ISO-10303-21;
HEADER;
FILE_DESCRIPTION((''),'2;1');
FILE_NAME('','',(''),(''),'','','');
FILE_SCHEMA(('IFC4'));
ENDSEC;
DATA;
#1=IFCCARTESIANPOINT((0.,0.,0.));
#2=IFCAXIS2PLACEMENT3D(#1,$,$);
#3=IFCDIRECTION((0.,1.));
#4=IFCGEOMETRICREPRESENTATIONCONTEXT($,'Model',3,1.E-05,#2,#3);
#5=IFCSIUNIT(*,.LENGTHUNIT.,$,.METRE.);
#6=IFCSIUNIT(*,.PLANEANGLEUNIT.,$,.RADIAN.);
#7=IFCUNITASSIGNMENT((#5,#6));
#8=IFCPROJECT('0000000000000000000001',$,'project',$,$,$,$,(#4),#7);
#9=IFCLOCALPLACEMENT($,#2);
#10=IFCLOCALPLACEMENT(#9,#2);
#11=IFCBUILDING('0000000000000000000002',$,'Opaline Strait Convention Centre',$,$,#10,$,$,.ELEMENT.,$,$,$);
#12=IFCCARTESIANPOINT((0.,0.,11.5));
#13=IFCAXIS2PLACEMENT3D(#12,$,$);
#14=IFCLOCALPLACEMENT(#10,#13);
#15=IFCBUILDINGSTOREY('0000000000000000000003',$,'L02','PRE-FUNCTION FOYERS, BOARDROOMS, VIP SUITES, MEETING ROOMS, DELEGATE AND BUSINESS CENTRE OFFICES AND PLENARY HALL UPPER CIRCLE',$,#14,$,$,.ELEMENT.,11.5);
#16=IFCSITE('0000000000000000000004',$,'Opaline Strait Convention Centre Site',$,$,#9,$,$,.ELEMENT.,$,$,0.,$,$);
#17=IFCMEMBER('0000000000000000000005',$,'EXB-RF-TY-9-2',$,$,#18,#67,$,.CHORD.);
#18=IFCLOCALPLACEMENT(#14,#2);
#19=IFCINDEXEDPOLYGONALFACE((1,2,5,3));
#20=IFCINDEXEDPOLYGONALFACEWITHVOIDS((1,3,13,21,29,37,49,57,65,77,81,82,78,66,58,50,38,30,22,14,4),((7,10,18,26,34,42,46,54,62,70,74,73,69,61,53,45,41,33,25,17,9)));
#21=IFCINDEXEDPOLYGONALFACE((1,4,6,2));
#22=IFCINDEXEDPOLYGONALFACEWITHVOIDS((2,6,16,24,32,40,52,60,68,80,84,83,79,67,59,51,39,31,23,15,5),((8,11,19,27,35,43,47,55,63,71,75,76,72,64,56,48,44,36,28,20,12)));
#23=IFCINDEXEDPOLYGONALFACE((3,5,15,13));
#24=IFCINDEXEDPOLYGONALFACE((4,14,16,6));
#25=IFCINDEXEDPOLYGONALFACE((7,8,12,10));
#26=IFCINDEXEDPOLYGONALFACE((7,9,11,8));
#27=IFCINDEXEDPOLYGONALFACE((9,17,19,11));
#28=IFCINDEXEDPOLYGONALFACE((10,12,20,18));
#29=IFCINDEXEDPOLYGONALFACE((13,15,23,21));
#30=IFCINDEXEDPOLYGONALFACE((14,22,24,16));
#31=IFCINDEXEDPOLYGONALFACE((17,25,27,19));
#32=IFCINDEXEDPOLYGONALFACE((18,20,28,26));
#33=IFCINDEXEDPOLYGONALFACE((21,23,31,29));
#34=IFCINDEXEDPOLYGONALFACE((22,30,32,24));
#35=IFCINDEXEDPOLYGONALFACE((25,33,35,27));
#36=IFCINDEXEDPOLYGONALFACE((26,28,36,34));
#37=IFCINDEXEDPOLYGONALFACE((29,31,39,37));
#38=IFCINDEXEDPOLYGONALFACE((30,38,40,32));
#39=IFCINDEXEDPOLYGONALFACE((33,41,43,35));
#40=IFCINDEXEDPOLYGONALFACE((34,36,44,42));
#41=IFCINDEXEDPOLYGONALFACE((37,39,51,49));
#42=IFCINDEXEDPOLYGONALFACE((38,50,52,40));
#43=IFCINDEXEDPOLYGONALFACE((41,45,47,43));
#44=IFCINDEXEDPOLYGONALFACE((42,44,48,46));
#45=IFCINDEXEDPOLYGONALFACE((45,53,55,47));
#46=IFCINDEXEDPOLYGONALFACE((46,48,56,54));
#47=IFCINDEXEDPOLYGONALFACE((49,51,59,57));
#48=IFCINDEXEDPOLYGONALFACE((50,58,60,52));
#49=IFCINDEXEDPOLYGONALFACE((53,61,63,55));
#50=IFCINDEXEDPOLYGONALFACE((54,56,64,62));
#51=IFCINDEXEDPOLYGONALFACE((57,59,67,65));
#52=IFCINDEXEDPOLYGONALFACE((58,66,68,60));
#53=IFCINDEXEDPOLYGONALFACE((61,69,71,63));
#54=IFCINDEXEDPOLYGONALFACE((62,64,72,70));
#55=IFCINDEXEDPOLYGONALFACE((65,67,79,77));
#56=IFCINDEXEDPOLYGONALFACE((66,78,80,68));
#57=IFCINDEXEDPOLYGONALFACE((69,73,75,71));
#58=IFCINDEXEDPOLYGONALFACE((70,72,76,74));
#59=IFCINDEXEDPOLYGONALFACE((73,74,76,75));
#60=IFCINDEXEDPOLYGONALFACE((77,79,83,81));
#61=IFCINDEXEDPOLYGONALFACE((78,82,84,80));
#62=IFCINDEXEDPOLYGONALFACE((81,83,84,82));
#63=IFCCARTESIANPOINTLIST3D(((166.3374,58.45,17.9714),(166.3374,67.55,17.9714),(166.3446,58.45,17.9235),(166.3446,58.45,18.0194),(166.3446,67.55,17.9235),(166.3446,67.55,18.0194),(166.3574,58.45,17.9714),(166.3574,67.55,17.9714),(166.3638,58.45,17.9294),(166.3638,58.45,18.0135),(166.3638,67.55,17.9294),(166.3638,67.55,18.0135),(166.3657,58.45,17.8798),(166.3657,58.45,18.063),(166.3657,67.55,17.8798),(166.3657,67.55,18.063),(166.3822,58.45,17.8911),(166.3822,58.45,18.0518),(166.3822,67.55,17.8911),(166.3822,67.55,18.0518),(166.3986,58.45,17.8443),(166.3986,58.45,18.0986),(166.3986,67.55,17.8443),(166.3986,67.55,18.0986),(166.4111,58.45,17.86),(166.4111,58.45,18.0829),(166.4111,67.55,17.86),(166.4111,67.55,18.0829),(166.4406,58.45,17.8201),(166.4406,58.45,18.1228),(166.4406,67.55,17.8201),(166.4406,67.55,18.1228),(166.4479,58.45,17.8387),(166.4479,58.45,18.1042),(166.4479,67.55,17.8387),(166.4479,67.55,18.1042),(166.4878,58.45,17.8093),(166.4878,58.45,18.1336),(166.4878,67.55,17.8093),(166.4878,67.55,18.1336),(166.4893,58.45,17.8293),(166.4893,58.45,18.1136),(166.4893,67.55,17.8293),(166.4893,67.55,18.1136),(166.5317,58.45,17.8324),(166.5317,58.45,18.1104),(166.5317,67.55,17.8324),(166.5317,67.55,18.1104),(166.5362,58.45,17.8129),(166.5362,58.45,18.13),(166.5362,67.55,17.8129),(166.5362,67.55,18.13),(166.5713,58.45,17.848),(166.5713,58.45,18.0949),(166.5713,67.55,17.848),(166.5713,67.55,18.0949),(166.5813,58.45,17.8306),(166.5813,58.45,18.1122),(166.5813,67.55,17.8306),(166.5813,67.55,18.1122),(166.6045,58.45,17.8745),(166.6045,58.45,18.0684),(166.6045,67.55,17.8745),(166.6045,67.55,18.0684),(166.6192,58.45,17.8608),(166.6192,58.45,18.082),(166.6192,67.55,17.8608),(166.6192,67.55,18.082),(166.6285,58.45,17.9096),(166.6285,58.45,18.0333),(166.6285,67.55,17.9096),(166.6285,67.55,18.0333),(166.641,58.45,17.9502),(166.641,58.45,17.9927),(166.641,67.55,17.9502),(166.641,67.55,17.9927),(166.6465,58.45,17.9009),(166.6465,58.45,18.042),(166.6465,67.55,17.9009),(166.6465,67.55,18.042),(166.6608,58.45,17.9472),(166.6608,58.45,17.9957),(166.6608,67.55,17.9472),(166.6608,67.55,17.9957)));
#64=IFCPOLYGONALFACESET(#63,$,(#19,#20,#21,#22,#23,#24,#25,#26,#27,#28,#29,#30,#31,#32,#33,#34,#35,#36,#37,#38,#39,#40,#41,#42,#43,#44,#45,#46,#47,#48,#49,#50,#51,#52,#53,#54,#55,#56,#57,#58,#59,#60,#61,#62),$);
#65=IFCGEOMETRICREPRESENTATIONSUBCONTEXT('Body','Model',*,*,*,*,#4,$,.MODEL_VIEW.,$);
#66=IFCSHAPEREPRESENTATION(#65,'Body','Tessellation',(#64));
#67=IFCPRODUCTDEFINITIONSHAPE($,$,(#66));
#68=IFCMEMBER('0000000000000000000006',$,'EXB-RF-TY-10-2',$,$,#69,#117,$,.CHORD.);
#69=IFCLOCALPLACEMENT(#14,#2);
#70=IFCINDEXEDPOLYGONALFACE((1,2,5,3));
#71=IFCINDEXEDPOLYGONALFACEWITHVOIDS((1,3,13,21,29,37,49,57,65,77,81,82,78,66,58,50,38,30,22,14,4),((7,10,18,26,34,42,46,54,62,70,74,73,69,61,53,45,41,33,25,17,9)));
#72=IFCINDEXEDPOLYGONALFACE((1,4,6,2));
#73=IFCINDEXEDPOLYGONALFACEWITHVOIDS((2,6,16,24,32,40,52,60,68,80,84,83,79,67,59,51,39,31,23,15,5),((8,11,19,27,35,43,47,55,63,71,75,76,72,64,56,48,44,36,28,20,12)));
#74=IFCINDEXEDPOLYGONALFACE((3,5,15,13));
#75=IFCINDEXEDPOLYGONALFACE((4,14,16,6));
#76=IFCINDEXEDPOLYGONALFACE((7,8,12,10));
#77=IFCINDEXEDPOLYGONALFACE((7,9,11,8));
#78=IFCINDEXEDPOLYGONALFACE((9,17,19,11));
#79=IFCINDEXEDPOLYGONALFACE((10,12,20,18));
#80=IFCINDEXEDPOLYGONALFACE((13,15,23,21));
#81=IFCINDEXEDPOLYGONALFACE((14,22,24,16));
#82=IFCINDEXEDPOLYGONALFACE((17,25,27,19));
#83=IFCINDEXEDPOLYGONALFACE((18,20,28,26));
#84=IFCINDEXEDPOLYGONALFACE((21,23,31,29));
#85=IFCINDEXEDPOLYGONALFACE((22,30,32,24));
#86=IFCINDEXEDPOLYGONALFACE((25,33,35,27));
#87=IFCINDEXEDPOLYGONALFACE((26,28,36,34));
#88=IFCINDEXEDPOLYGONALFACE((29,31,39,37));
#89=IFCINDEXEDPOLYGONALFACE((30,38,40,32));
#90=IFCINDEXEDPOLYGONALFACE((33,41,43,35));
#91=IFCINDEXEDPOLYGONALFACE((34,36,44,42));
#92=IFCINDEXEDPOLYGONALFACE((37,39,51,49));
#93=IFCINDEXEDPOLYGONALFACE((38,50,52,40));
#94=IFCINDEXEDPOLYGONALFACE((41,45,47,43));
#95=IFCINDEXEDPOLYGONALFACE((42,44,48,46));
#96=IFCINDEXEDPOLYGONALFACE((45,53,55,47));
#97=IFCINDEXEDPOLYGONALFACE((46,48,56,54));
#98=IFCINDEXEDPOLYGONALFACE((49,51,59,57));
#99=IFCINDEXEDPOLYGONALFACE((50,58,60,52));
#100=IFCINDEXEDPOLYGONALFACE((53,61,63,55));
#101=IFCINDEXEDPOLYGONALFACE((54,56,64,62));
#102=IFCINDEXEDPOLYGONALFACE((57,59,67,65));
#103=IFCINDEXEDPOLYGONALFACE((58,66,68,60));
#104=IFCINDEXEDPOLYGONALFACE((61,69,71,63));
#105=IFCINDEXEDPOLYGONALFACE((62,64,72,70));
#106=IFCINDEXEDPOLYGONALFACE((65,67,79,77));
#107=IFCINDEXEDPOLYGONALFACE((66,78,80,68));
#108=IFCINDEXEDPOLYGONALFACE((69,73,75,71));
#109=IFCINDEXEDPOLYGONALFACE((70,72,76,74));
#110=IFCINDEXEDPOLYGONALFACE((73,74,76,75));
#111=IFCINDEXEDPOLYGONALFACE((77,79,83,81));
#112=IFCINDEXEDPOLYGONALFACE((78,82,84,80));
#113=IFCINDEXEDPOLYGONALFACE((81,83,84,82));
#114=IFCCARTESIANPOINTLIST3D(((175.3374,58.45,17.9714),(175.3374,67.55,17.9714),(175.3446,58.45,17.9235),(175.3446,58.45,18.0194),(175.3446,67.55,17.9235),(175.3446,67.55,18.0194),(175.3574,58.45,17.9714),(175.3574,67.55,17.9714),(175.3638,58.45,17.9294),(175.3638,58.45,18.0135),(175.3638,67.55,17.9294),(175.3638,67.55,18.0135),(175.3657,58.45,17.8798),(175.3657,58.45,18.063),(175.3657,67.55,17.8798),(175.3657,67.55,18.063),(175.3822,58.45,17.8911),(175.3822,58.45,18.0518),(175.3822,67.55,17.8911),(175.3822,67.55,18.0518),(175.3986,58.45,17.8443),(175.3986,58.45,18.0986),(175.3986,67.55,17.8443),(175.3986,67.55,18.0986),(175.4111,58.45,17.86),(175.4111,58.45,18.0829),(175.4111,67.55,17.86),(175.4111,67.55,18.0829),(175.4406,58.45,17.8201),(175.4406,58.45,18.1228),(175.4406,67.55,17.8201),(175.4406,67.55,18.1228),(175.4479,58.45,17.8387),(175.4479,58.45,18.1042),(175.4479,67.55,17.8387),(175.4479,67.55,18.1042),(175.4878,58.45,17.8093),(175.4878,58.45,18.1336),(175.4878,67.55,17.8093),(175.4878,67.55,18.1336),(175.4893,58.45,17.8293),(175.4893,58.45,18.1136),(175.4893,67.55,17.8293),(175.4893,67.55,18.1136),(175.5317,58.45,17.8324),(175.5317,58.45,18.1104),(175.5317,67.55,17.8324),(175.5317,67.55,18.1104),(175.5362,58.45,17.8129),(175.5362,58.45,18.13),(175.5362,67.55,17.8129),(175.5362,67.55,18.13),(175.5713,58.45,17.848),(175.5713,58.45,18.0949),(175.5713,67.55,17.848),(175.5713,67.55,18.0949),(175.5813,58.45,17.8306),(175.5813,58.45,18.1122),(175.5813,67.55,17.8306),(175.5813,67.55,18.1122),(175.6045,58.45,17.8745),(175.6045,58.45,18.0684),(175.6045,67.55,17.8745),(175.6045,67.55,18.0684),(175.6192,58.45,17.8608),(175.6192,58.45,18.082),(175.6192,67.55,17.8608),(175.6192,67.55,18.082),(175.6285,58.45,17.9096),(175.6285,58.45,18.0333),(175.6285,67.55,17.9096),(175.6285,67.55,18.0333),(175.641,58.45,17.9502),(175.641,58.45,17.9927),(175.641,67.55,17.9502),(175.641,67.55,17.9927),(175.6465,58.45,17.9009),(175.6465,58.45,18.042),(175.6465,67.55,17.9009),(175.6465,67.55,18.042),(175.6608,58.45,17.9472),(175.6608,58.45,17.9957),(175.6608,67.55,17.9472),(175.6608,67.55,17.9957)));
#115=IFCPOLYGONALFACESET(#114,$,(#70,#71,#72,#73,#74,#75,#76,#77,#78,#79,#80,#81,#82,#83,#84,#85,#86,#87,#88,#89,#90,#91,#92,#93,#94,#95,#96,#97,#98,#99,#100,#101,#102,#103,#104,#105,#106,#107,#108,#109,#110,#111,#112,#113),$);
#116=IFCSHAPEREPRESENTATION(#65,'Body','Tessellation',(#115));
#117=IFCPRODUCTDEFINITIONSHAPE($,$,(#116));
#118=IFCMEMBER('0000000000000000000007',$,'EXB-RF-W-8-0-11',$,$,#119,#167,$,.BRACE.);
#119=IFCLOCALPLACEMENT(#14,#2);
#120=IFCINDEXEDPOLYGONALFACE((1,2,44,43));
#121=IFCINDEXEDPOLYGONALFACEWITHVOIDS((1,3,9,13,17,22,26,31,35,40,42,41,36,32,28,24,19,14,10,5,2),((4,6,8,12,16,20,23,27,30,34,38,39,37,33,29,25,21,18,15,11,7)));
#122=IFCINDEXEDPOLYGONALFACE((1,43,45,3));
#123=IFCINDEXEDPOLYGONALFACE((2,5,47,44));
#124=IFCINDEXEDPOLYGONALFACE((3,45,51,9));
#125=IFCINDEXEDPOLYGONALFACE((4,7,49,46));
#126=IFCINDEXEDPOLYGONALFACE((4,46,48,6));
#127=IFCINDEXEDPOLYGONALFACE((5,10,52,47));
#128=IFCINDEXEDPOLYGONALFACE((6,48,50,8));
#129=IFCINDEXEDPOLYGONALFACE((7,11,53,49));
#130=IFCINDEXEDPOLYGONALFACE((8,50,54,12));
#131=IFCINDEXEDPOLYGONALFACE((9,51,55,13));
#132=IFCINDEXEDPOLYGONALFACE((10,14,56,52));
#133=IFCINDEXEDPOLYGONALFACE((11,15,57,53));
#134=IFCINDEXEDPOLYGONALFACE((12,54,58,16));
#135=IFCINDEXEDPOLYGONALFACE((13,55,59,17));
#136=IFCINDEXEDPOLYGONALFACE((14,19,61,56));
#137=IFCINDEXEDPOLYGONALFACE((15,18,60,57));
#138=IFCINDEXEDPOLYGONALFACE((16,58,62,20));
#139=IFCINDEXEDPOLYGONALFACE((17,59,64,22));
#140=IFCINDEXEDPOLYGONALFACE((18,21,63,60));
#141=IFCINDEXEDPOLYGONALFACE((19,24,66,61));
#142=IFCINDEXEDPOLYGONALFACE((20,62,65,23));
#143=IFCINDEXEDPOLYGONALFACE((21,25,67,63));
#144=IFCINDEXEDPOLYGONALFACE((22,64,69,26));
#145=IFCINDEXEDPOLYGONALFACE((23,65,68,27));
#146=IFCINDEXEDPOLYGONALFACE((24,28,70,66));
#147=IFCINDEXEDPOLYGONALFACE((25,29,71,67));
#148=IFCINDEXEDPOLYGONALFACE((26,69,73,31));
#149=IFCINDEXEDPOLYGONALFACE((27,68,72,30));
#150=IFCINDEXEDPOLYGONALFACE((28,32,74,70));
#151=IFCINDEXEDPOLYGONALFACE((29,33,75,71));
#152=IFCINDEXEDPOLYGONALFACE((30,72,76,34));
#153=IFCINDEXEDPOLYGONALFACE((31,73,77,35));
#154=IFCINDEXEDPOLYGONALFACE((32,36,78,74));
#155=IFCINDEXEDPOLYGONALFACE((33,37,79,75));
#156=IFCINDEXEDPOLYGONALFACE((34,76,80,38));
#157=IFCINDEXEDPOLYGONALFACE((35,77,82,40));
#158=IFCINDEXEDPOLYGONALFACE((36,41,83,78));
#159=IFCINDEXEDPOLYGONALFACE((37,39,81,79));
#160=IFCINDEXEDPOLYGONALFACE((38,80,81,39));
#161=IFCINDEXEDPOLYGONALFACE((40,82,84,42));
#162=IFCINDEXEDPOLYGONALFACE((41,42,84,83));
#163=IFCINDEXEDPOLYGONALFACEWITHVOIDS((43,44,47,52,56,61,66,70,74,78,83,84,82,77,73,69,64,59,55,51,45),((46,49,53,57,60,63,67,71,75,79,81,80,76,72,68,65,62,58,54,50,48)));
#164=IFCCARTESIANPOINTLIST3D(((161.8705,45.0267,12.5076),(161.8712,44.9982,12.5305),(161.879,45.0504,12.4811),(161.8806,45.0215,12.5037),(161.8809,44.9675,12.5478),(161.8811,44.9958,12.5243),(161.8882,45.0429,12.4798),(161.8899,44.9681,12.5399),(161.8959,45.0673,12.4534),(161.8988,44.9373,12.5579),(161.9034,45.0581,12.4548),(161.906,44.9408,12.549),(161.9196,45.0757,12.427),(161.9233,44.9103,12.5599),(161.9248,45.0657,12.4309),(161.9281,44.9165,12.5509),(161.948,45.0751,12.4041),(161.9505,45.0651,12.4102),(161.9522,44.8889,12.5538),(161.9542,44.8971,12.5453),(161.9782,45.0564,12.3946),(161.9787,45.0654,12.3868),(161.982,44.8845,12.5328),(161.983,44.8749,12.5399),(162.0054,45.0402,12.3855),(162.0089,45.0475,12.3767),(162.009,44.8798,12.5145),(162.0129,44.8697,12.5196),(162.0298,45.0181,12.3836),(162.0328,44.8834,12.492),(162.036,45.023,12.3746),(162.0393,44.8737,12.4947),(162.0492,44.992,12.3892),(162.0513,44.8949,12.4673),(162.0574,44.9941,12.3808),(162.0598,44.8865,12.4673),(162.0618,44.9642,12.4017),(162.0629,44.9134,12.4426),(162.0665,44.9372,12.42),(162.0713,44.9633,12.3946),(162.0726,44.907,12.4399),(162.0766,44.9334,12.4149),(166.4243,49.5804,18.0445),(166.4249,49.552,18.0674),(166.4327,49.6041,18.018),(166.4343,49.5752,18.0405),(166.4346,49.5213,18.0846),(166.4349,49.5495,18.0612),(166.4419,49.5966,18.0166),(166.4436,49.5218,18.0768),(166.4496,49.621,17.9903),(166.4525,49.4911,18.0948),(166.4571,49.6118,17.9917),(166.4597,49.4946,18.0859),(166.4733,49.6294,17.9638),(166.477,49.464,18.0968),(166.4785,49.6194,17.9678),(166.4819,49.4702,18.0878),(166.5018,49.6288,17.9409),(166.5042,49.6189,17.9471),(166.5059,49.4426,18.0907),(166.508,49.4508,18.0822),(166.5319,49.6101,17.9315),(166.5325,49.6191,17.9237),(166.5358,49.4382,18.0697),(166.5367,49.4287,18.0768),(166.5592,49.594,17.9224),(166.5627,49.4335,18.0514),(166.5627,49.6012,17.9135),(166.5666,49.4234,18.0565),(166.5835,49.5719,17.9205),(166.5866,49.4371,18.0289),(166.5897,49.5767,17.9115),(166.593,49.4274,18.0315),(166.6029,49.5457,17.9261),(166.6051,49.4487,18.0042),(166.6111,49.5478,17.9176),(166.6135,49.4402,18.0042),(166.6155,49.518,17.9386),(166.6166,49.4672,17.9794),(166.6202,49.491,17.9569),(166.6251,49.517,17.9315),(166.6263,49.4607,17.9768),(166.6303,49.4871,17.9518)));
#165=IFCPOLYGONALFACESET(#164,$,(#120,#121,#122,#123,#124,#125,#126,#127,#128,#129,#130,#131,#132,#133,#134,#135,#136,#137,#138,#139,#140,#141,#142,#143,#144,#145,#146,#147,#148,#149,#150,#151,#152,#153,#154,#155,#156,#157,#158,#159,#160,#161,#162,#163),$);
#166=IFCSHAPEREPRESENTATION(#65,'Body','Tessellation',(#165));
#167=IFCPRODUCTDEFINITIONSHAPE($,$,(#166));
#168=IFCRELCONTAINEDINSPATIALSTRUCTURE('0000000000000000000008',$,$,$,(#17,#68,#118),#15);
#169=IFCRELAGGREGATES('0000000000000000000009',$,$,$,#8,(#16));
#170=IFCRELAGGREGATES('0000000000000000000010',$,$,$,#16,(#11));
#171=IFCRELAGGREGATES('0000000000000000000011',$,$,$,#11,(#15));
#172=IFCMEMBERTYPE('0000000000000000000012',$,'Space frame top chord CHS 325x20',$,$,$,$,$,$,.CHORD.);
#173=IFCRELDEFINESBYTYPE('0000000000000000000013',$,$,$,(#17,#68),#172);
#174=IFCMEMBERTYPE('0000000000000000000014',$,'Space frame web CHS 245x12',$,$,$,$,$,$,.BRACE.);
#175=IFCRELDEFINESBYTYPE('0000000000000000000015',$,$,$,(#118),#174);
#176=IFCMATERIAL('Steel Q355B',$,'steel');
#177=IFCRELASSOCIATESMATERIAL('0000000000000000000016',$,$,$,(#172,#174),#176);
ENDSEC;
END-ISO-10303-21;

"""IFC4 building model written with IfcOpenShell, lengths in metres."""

from ifc_helpers import new_model, si_unit, direction, frame, origin, origin_2d, place, context, subcontext, project, spatial, hollow_circle, extrude, material, material_profile, profile_set, type_object, element, save


model = new_model("IFC4")

# Units and contexts
model_context = context("Model", 3, precision=1e-05, world=origin(), true_north=direction((0.0, 1.0)))
body_context = subcontext(model_context, "Body", "Model", "MODEL_VIEW")
ifc_project = project(units=[si_unit("LENGTHUNIT", "METRE"), si_unit("PLANEANGLEUNIT", "RADIAN")], contexts=[model_context])

# Site, building, storey
site_placement = place(None, origin())
site = spatial("IfcSite", under=ifc_project, at=site_placement, Name="Opaline Strait Convention Centre Site", CompositionType="ELEMENT", RefElevation=0.0)
building_placement = place(site_placement, origin())
building = spatial("IfcBuilding", under=site, at=building_placement, Name="Opaline Strait Convention Centre", CompositionType="ELEMENT")
storey_placement = place(building_placement, frame((0.0, 0.0, 11.5)))
storey = spatial("IfcBuildingStorey", under=building, at=storey_placement, Name="L02", Description="PRE-FUNCTION FOYERS, BOARDROOMS, VIP SUITES, MEETING ROOMS, DELEGATE AND BUSINESS CENTRE OFFICES AND PLENARY HALL UPPER CIRCLE", CompositionType="ELEMENT", Elevation=11.5)

# Members
ifc_material_1 = material(Name="Steel Q355B", Category="steel")
ifc_material_profile_1 = material_profile(ifc_material_1, hollow_circle(Radius=0.1626, WallThickness=0.02, at=origin_2d()), Name="CHS 325x20")
ifc_profile_set_1 = profile_set([ifc_material_profile_1], Name="Steel Q355B")
member_type_1 = type_object("IfcMemberType", Name="Space frame top chord CHS 325x20", PredefinedType="CHORD", material=ifc_profile_set_1)
for number, where, z_axis, x_axis, name in (
    (1, (166.5, 58.45, 17.9714), (0.0, 1.0, 0.0), (-1.0, 0.0, 0.0), "EXB-RF-TY-9-2"),
    (2, (175.5, 58.45, 17.9714), (0.0, 1.0, 0.0), (-1.0, 0.0, 0.0), "EXB-RF-TY-10-2"),
):
    element("IfcMember", number, at=place(storey_placement, frame(where, z_axis=z_axis, x_axis=x_axis)), inside=storey, type_object=member_type_1, Name=name, PredefinedType="CHORD", context=body_context, shape_type="SweptSolid", body=[
        extrude(hollow_circle(Radius=0.1626, WallThickness=0.02, at=origin_2d()), origin(), (0.0, 0.0, 1.0), 9.1001),
    ])
ifc_material_profile_2 = material_profile(ifc_material_1, hollow_circle(Radius=0.1226, WallThickness=0.012, at=origin_2d()), Name="CHS 245x12")
ifc_profile_set_2 = profile_set([ifc_material_profile_2], Name="Steel Q355B")
member_type_2 = type_object("IfcMemberType", Name="Space frame web CHS 245x12", PredefinedType="BRACE", material=ifc_profile_set_2)
for number, where, z_axis, x_axis, name in (
    (3, (166.5269, 49.5269, 18.0042), (-0.536178, -0.536178, -0.65194), (0.707107, -0.707107, 0.0), "EXB-RF-W-8-0-11"),
):
    element("IfcMember", number, at=place(storey_placement, frame(where, z_axis=z_axis, x_axis=x_axis)), inside=storey, type_object=member_type_2, Name=name, PredefinedType="BRACE", context=body_context, shape_type="SweptSolid", body=[
        extrude(hollow_circle(Radius=0.1226, WallThickness=0.012, at=origin_2d()), origin(), (0.0, 0.0, 1.0), 8.4929),
    ])

save(model, "model.ifc")
